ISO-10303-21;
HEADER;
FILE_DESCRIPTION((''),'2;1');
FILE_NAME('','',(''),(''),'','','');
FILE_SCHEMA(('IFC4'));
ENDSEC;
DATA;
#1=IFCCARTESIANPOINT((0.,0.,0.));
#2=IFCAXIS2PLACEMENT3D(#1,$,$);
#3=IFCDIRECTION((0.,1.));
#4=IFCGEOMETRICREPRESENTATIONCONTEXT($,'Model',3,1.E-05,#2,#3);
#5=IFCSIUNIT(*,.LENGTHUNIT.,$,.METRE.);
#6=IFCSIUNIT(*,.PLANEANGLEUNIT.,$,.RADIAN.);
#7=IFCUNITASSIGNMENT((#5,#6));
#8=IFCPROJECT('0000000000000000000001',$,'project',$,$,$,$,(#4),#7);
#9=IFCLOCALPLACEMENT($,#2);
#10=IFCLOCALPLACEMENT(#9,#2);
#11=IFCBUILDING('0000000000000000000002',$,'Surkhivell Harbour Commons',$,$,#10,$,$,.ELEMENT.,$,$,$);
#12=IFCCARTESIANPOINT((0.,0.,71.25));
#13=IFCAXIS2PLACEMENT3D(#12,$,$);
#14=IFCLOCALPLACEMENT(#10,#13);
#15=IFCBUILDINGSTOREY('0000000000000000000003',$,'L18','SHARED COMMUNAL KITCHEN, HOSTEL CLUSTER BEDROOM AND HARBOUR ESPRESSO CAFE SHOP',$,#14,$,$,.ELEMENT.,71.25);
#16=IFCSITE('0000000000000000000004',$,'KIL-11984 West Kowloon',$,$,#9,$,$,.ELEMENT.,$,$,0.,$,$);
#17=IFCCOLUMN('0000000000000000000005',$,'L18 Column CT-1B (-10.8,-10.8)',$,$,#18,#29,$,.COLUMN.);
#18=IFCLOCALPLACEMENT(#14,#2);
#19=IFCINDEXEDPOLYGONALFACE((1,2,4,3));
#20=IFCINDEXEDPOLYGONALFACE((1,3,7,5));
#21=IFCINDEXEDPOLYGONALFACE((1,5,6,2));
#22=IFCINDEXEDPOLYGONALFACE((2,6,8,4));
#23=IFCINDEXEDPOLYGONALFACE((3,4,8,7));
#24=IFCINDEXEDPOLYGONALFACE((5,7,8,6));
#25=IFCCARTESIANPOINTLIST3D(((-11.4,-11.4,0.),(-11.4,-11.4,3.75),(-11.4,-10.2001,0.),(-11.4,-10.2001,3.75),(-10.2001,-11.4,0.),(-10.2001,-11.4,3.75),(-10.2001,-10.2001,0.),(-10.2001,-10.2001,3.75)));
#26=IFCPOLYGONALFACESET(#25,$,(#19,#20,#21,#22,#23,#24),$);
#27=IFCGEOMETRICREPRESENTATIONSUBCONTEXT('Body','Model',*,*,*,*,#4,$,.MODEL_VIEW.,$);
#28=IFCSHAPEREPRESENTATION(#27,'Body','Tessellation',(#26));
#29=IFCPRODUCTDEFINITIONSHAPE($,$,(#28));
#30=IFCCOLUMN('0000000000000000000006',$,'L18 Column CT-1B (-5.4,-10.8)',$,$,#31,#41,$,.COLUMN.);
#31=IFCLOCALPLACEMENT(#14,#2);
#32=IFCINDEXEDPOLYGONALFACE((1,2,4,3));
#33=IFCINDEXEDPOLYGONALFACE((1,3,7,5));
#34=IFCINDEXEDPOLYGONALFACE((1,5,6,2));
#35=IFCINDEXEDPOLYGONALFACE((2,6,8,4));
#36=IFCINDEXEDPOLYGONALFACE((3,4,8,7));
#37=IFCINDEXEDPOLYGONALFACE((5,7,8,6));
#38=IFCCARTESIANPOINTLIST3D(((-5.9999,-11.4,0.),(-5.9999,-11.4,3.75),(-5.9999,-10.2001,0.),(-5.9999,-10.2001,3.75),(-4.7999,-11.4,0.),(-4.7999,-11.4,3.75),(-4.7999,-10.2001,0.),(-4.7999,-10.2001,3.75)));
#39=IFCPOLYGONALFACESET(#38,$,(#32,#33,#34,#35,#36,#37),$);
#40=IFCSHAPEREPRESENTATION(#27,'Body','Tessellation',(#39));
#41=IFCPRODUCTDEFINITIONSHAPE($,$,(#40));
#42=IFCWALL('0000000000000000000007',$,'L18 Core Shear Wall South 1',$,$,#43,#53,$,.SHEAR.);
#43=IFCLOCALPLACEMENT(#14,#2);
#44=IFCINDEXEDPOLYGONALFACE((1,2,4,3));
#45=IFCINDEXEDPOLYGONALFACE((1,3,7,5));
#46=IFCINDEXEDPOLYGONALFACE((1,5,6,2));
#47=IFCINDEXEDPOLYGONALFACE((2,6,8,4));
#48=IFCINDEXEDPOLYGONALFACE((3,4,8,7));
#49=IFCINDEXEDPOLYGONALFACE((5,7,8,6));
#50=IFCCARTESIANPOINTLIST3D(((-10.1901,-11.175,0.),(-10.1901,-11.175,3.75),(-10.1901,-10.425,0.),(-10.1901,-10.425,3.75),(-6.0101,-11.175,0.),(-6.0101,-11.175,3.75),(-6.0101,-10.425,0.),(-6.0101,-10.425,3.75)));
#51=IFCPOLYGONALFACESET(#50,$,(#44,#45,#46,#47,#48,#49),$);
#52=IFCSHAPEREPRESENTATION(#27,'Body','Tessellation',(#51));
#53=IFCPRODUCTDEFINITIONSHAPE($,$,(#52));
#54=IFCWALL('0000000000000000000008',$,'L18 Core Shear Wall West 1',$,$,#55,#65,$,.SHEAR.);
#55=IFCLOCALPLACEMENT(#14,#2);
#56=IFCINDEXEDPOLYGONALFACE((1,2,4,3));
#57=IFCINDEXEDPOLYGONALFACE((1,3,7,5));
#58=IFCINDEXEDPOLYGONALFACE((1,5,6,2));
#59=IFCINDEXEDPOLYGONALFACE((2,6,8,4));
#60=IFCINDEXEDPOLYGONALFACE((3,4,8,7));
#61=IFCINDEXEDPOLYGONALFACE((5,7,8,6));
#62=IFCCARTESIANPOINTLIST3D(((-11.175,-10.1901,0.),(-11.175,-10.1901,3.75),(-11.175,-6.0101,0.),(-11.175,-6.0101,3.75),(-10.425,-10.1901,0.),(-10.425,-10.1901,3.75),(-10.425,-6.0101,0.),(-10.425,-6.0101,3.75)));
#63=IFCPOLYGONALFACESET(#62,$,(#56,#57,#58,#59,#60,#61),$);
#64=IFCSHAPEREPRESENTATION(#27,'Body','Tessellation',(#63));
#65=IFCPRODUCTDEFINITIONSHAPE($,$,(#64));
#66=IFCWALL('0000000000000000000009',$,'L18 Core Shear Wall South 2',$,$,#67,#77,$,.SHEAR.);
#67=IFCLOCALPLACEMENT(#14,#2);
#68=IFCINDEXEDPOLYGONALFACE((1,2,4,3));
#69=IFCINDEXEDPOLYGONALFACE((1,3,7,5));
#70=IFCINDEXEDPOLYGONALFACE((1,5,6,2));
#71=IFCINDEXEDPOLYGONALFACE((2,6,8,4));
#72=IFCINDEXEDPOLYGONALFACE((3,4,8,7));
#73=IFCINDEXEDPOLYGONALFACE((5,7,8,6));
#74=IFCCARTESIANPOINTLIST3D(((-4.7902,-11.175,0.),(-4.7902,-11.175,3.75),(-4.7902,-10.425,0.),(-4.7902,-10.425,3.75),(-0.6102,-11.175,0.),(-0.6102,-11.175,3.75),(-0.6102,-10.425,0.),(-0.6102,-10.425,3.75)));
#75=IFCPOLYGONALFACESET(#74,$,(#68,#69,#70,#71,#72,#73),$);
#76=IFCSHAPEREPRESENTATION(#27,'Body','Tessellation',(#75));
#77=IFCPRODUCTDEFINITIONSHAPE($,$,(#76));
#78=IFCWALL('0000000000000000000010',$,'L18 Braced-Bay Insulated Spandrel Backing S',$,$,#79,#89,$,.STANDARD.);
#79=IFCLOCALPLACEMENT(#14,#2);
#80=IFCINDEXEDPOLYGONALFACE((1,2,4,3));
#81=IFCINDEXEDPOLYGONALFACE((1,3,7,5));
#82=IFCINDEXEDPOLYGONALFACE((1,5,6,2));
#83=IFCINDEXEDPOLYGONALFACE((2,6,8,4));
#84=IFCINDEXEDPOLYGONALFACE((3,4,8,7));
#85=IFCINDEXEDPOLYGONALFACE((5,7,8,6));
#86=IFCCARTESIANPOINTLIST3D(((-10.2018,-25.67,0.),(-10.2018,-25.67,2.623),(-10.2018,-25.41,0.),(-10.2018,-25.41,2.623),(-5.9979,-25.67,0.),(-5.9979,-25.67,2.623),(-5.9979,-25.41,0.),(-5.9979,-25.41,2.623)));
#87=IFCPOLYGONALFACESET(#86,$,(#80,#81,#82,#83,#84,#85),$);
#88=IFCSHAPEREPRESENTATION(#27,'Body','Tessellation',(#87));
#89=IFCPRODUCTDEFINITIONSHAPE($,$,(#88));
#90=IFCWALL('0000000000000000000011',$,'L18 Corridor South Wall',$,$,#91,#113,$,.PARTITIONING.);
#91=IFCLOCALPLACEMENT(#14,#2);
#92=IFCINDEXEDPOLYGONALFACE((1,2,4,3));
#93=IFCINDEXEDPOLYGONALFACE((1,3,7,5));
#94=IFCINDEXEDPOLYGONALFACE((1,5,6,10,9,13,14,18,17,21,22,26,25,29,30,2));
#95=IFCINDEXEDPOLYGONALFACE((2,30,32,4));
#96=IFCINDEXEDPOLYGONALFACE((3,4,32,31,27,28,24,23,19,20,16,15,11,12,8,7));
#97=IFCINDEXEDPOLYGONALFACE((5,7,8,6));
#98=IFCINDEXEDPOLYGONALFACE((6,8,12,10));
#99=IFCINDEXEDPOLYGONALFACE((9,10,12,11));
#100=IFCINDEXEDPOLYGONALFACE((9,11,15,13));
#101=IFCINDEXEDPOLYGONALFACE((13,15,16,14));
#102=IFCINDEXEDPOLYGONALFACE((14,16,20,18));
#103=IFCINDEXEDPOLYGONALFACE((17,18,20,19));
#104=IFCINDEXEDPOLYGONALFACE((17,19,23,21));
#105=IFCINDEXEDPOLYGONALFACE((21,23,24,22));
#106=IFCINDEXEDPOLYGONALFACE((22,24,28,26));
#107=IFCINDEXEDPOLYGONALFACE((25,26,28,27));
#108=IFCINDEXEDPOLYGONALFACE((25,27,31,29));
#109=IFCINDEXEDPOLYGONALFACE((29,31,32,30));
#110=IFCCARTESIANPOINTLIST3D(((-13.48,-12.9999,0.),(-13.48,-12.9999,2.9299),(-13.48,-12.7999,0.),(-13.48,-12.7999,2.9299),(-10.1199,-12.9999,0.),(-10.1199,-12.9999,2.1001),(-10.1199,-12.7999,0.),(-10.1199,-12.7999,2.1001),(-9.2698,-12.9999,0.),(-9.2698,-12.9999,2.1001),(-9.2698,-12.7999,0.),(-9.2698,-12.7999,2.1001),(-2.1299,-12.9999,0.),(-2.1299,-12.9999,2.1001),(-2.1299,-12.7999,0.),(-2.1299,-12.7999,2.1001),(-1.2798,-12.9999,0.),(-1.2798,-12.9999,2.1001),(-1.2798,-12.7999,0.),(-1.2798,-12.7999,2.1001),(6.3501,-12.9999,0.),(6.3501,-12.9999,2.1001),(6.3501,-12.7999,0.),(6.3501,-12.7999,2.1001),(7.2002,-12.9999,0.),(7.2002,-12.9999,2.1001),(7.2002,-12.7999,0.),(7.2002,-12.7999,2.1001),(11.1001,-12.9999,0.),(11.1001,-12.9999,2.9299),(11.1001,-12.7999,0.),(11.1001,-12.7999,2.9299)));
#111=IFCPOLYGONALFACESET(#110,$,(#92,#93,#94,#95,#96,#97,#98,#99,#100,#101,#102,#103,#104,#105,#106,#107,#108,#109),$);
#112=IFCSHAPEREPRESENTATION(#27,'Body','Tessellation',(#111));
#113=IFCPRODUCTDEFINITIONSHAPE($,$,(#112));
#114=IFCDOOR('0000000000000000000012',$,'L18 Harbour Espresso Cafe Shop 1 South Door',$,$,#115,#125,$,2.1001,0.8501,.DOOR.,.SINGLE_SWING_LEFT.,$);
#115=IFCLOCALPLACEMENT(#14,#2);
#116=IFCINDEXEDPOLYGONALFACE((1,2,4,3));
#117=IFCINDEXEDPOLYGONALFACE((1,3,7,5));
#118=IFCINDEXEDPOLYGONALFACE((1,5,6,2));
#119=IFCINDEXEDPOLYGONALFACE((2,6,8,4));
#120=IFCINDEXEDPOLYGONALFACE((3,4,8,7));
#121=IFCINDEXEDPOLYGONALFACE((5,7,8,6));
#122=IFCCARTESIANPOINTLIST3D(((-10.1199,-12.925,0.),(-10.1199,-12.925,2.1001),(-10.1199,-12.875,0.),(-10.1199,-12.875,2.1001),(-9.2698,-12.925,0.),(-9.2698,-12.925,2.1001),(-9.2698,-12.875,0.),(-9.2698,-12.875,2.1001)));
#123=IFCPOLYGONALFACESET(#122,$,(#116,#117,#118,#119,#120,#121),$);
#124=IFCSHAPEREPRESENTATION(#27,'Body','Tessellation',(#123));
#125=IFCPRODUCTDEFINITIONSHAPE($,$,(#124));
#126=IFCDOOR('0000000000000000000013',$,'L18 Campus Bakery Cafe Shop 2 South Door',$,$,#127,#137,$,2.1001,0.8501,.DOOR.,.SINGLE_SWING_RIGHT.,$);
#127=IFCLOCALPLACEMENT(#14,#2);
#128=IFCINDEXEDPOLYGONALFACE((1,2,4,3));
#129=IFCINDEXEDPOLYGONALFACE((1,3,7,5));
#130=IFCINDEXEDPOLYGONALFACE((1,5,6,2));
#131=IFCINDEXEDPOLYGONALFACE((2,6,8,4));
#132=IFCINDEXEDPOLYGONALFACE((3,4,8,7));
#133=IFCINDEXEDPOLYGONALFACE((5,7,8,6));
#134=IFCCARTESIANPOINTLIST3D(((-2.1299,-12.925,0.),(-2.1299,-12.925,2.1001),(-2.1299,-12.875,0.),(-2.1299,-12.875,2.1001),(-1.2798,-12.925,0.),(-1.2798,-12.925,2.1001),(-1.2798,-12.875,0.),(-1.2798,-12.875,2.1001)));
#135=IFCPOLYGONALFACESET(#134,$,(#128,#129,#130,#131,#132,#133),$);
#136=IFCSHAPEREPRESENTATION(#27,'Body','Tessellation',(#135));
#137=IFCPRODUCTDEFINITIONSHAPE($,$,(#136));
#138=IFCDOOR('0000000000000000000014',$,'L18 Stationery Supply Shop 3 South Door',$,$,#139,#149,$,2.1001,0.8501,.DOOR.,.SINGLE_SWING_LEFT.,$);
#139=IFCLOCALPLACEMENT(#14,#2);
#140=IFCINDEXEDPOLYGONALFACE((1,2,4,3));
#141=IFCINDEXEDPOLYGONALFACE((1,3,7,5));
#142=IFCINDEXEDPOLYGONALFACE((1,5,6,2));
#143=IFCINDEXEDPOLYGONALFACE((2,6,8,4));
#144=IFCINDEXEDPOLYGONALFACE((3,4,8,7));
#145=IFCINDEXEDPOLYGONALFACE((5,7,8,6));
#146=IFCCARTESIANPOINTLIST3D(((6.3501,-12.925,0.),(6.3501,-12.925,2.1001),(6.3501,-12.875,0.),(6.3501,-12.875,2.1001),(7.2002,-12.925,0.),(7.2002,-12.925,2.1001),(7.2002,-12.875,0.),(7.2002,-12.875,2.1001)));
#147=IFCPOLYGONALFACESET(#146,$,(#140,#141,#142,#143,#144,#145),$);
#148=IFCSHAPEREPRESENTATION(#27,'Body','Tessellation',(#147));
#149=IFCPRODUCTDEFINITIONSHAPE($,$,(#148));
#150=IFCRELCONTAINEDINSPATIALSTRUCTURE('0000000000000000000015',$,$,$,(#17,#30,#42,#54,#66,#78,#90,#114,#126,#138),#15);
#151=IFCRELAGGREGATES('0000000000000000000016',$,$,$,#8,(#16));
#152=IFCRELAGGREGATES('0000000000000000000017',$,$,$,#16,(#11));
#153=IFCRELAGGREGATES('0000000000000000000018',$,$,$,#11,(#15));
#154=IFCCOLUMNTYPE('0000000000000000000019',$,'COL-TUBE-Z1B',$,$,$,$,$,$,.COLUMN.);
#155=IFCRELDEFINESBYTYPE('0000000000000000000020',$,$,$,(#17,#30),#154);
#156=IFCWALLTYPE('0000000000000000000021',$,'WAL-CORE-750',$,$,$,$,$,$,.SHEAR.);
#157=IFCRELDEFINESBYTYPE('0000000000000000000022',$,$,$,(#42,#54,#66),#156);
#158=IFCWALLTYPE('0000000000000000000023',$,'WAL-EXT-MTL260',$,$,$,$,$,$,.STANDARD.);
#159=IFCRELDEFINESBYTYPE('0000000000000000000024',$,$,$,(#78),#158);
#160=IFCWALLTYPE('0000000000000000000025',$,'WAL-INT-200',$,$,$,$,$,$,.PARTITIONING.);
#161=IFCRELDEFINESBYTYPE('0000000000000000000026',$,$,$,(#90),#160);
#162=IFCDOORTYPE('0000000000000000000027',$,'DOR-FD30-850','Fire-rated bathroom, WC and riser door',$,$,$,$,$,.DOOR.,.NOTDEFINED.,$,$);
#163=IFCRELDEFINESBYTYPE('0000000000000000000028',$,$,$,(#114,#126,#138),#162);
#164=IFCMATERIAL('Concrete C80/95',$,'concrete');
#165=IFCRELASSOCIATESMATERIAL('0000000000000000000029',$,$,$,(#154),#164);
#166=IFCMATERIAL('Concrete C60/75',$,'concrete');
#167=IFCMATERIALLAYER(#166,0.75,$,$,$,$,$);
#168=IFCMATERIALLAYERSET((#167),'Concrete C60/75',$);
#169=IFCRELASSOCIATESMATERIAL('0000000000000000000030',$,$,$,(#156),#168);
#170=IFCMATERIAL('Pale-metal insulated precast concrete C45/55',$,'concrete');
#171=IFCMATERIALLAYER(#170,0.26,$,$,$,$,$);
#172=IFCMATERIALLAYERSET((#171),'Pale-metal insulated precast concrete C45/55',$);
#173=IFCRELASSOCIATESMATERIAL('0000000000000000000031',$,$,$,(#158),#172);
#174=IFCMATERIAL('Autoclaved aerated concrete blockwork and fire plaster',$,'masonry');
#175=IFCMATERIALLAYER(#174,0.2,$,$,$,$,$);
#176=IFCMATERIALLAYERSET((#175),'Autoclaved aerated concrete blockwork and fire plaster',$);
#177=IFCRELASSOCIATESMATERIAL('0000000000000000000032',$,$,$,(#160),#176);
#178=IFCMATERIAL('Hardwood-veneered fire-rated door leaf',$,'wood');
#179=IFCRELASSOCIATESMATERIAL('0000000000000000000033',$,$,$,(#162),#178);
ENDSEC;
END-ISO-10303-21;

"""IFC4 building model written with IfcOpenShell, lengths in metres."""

from ifc_helpers import new_model, si_unit, direction, frame, frame_2d, origin, origin_2d, place, context, subcontext, project, spatial, rectangle, extrude, material, layer, layer_set, material_profile, profile_set, type_object, element, fill, save


model = new_model("IFC4")

# Units and contexts
model_context = context("Model", 3, precision=1e-05, world=origin(), true_north=direction((0.0, 1.0)))
body_context = subcontext(model_context, "Body", "Model", "MODEL_VIEW")
ifc_project = project(units=[si_unit("LENGTHUNIT", "METRE"), si_unit("PLANEANGLEUNIT", "RADIAN")], contexts=[model_context])

# Site, building, storey
site_placement = place(None, origin())
site = spatial("IfcSite", under=ifc_project, at=site_placement, Name="KIL-11984 West Kowloon", CompositionType="ELEMENT", RefElevation=0.0)
building_placement = place(site_placement, origin())
building = spatial("IfcBuilding", under=site, at=building_placement, Name="Surkhivell Harbour Commons", CompositionType="ELEMENT")
storey_placement = place(building_placement, frame((0.0, 0.0, 71.25)))
storey = spatial("IfcBuildingStorey", under=building, at=storey_placement, Name="L18", Description="SHARED COMMUNAL KITCHEN, HOSTEL CLUSTER BEDROOM AND HARBOUR ESPRESSO CAFE SHOP", CompositionType="ELEMENT", Elevation=71.25)

# Columns
ifc_material_1 = material(Name="Concrete C80/95", Category="concrete")
ifc_material_profile = material_profile(ifc_material_1, rectangle(XDim=1.2, YDim=1.2, at=origin_2d()), Name="RC-COL-1200x1200")
ifc_profile_set = profile_set([ifc_material_profile], Name="Concrete C80/95")
column_type = type_object("IfcColumnType", Name="COL-TUBE-Z1B", PredefinedType="COLUMN", material=ifc_profile_set)
for number, where, z_axis, x_axis, name in (
    (1, (-10.8, -10.8, 0.0), (0.0, 0.0, 1.0), (1.0, 0.0, 0.0), "L18 Column CT-1B (-10.8,-10.8)"),
    (2, (-5.3999, -10.8, 0.0), (0.0, 0.0, 1.0), (1.0, 0.0, 0.0), "L18 Column CT-1B (-5.4,-10.8)"),
):
    element("IfcColumn", number, at=place(storey_placement, frame(where, z_axis=z_axis, x_axis=x_axis)), inside=storey, type_object=column_type, Name=name, PredefinedType="COLUMN", context=body_context, shape_type="SweptSolid", body=[
        extrude(rectangle(XDim=1.2, YDim=1.2, at=origin_2d()), origin(), (0.0, 0.0, 1.0), 3.75),
    ])

# Walls
ifc_material_2 = material(Name="Concrete C60/75", Category="concrete")
ifc_layer_1 = layer(ifc_material_2, 0.75)
ifc_layer_set_1 = layer_set([ifc_layer_1], Name="Concrete C60/75")
wall_type_1 = type_object("IfcWallType", Name="WAL-CORE-750", PredefinedType="SHEAR", material=ifc_layer_set_1)
for number, where, z_axis, x_axis, name in (
    (3, (-10.1899, -10.8, 0.0), (0.0, 0.0, 1.0), (1.0, 0.0, 0.0), "L18 Core Shear Wall South 1"),
    (4, (-10.8, -10.1899, 0.0), (0.0, 0.0, 1.0), (0.0, 1.0, 0.0), "L18 Core Shear Wall West 1"),
    (5, (-4.79, -10.8, 0.0), (0.0, 0.0, 1.0), (1.0, 0.0, 0.0), "L18 Core Shear Wall South 2"),
):
    element("IfcWall", number, at=place(storey_placement, frame(where, z_axis=z_axis, x_axis=x_axis)), inside=storey, type_object=wall_type_1, Name=name, PredefinedType="SHEAR", context=body_context, shape_type="SweptSolid", body=[
        extrude(rectangle(XDim=4.1799, YDim=0.75, at=frame_2d((2.0898, 0.0))), origin(), (0.0, 0.0, 1.0), 3.75),
    ])
ifc_material_3 = material(Name="Pale-metal insulated precast concrete C45/55", Category="concrete")
ifc_layer_2 = layer(ifc_material_3, 0.26)
ifc_layer_set_2 = layer_set([ifc_layer_2], Name="Pale-metal insulated precast concrete C45/55")
wall_type_2 = type_object("IfcWallType", Name="WAL-EXT-MTL260", PredefinedType="STANDARD", material=ifc_layer_set_2)
wall_1_placement = place(storey_placement, frame((-10.2019, -25.54, 0.0), z_axis=(0.0, 0.0, 1.0), x_axis=(1.0, 0.0, 0.0)))
element("IfcWall", 6, at=wall_1_placement, inside=storey, type_object=wall_type_2, Name="L18 Braced-Bay Insulated Spandrel Backing S", PredefinedType="STANDARD", context=body_context, shape_type="SweptSolid", body=[
    extrude(rectangle(XDim=4.2039, YDim=0.26, at=frame_2d((2.1021, 0.0))), origin(), (0.0, 0.0, 1.0), 2.623),
])

# Wall, openings, doors
ifc_material_4 = material(Name="Autoclaved aerated concrete blockwork and fire plaster", Category="masonry")
ifc_layer_3 = layer(ifc_material_4, 0.2)
ifc_layer_set_3 = layer_set([ifc_layer_3], Name="Autoclaved aerated concrete blockwork and fire plaster")
wall_type_3 = type_object("IfcWallType", Name="WAL-INT-200", PredefinedType="PARTITIONING", material=ifc_layer_set_3)
wall_2_placement = place(storey_placement, frame((-13.48, -12.8999, 0.0), z_axis=(0.0, 0.0, 1.0), x_axis=(1.0, 0.0, 0.0)))
wall_2 = element("IfcWall", 7, at=wall_2_placement, inside=storey, type_object=wall_type_3, Name="L18 Corridor South Wall", PredefinedType="PARTITIONING", context=body_context, shape_type="SweptSolid", body=[
    extrude(rectangle(XDim=24.5801, YDim=0.2, at=frame_2d((12.29, 0.0))), origin(), (0.0, 0.0, 1.0), 2.9299),
])
opening_1_placement = place(wall_2_placement, frame((3.3601, 0.0, 0.0)))
opening_1 = element("IfcOpeningElement", 8, at=opening_1_placement, cuts=wall_2, PredefinedType="OPENING", context=body_context, shape_type="SweptSolid", body=[
    extrude(rectangle(XDim=0.8501, YDim=2.1001, at=frame_2d((0.425, 1.05))), frame((0.0, 0.1099, 0.0), z_axis=(0.0, -1.0, 0.0), x_axis=(1.0, 0.0, 0.0)), (0.0, 0.0, 1.0), 0.22),
])
opening_2_placement = place(wall_2_placement, frame((11.3501, 0.0, 0.0)))
opening_2 = element("IfcOpeningElement", 9, at=opening_2_placement, cuts=wall_2, PredefinedType="OPENING", context=body_context, shape_type="SweptSolid", body=[
    extrude(rectangle(XDim=0.8501, YDim=2.1001, at=frame_2d((0.425, 1.05))), frame((0.0, 0.1099, 0.0), z_axis=(0.0, -1.0, 0.0), x_axis=(1.0, 0.0, 0.0)), (0.0, 0.0, 1.0), 0.22),
])
opening_3_placement = place(wall_2_placement, frame((19.8301, 0.0, 0.0)))
opening_3 = element("IfcOpeningElement", 10, at=opening_3_placement, cuts=wall_2, PredefinedType="OPENING", context=body_context, shape_type="SweptSolid", body=[
    extrude(rectangle(XDim=0.8501, YDim=2.1001, at=frame_2d((0.425, 1.05))), frame((0.0, 0.1099, 0.0), z_axis=(0.0, -1.0, 0.0), x_axis=(1.0, 0.0, 0.0)), (0.0, 0.0, 1.0), 0.22),
])
ifc_material_5 = material(Name="Hardwood-veneered fire-rated door leaf", Category="wood")
door_type_1 = type_object("IfcDoorType", Name="DOR-FD30-850", Description="Fire-rated bathroom, WC and riser door", OperationType="NOTDEFINED", PredefinedType="DOOR", material=ifc_material_5)
door_1_placement = place(opening_1_placement, origin())
door_1 = element("IfcDoor", 11, at=door_1_placement, inside=storey, type_object=door_type_1, Name="L18 Harbour Espresso Cafe Shop 1 South Door", OperationType="SINGLE_SWING_LEFT", OverallHeight=2.1001, OverallWidth=0.8501, PredefinedType="DOOR", context=body_context, shape_type="SweptSolid", body=[
    extrude(rectangle(XDim=0.8501, YDim=2.1001, at=frame_2d((0.425, 1.05))), frame((0.0, 0.0249, 0.0), z_axis=(0.0, -1.0, 0.0), x_axis=(1.0, 0.0, 0.0)), (0.0, 0.0, 1.0), 0.05),
])
fill(opening_1, door_1)
door_2_placement = place(opening_2_placement, origin())
door_2 = element("IfcDoor", 12, at=door_2_placement, inside=storey, type_object=door_type_1, Name="L18 Campus Bakery Cafe Shop 2 South Door", OperationType="SINGLE_SWING_RIGHT", OverallHeight=2.1001, OverallWidth=0.8501, PredefinedType="DOOR", context=body_context, shape_type="SweptSolid", body=[
    extrude(rectangle(XDim=0.8501, YDim=2.1001, at=frame_2d((0.425, 1.05))), frame((0.0, 0.0249, 0.0), z_axis=(0.0, -1.0, 0.0), x_axis=(1.0, 0.0, 0.0)), (0.0, 0.0, 1.0), 0.05),
])
fill(opening_2, door_2)
door_3_placement = place(opening_3_placement, origin())
door_3 = element("IfcDoor", 13, at=door_3_placement, inside=storey, type_object=door_type_1, Name="L18 Stationery Supply Shop 3 South Door", OperationType="SINGLE_SWING_LEFT", OverallHeight=2.1001, OverallWidth=0.8501, PredefinedType="DOOR", context=body_context, shape_type="SweptSolid", body=[
    extrude(rectangle(XDim=0.8501, YDim=2.1001, at=frame_2d((0.425, 1.05))), frame((0.0, 0.0249, 0.0), z_axis=(0.0, -1.0, 0.0), x_axis=(1.0, 0.0, 0.0)), (0.0, 0.0, 1.0), 0.05),
])
fill(opening_3, door_3)

save(model, "model.ifc")
